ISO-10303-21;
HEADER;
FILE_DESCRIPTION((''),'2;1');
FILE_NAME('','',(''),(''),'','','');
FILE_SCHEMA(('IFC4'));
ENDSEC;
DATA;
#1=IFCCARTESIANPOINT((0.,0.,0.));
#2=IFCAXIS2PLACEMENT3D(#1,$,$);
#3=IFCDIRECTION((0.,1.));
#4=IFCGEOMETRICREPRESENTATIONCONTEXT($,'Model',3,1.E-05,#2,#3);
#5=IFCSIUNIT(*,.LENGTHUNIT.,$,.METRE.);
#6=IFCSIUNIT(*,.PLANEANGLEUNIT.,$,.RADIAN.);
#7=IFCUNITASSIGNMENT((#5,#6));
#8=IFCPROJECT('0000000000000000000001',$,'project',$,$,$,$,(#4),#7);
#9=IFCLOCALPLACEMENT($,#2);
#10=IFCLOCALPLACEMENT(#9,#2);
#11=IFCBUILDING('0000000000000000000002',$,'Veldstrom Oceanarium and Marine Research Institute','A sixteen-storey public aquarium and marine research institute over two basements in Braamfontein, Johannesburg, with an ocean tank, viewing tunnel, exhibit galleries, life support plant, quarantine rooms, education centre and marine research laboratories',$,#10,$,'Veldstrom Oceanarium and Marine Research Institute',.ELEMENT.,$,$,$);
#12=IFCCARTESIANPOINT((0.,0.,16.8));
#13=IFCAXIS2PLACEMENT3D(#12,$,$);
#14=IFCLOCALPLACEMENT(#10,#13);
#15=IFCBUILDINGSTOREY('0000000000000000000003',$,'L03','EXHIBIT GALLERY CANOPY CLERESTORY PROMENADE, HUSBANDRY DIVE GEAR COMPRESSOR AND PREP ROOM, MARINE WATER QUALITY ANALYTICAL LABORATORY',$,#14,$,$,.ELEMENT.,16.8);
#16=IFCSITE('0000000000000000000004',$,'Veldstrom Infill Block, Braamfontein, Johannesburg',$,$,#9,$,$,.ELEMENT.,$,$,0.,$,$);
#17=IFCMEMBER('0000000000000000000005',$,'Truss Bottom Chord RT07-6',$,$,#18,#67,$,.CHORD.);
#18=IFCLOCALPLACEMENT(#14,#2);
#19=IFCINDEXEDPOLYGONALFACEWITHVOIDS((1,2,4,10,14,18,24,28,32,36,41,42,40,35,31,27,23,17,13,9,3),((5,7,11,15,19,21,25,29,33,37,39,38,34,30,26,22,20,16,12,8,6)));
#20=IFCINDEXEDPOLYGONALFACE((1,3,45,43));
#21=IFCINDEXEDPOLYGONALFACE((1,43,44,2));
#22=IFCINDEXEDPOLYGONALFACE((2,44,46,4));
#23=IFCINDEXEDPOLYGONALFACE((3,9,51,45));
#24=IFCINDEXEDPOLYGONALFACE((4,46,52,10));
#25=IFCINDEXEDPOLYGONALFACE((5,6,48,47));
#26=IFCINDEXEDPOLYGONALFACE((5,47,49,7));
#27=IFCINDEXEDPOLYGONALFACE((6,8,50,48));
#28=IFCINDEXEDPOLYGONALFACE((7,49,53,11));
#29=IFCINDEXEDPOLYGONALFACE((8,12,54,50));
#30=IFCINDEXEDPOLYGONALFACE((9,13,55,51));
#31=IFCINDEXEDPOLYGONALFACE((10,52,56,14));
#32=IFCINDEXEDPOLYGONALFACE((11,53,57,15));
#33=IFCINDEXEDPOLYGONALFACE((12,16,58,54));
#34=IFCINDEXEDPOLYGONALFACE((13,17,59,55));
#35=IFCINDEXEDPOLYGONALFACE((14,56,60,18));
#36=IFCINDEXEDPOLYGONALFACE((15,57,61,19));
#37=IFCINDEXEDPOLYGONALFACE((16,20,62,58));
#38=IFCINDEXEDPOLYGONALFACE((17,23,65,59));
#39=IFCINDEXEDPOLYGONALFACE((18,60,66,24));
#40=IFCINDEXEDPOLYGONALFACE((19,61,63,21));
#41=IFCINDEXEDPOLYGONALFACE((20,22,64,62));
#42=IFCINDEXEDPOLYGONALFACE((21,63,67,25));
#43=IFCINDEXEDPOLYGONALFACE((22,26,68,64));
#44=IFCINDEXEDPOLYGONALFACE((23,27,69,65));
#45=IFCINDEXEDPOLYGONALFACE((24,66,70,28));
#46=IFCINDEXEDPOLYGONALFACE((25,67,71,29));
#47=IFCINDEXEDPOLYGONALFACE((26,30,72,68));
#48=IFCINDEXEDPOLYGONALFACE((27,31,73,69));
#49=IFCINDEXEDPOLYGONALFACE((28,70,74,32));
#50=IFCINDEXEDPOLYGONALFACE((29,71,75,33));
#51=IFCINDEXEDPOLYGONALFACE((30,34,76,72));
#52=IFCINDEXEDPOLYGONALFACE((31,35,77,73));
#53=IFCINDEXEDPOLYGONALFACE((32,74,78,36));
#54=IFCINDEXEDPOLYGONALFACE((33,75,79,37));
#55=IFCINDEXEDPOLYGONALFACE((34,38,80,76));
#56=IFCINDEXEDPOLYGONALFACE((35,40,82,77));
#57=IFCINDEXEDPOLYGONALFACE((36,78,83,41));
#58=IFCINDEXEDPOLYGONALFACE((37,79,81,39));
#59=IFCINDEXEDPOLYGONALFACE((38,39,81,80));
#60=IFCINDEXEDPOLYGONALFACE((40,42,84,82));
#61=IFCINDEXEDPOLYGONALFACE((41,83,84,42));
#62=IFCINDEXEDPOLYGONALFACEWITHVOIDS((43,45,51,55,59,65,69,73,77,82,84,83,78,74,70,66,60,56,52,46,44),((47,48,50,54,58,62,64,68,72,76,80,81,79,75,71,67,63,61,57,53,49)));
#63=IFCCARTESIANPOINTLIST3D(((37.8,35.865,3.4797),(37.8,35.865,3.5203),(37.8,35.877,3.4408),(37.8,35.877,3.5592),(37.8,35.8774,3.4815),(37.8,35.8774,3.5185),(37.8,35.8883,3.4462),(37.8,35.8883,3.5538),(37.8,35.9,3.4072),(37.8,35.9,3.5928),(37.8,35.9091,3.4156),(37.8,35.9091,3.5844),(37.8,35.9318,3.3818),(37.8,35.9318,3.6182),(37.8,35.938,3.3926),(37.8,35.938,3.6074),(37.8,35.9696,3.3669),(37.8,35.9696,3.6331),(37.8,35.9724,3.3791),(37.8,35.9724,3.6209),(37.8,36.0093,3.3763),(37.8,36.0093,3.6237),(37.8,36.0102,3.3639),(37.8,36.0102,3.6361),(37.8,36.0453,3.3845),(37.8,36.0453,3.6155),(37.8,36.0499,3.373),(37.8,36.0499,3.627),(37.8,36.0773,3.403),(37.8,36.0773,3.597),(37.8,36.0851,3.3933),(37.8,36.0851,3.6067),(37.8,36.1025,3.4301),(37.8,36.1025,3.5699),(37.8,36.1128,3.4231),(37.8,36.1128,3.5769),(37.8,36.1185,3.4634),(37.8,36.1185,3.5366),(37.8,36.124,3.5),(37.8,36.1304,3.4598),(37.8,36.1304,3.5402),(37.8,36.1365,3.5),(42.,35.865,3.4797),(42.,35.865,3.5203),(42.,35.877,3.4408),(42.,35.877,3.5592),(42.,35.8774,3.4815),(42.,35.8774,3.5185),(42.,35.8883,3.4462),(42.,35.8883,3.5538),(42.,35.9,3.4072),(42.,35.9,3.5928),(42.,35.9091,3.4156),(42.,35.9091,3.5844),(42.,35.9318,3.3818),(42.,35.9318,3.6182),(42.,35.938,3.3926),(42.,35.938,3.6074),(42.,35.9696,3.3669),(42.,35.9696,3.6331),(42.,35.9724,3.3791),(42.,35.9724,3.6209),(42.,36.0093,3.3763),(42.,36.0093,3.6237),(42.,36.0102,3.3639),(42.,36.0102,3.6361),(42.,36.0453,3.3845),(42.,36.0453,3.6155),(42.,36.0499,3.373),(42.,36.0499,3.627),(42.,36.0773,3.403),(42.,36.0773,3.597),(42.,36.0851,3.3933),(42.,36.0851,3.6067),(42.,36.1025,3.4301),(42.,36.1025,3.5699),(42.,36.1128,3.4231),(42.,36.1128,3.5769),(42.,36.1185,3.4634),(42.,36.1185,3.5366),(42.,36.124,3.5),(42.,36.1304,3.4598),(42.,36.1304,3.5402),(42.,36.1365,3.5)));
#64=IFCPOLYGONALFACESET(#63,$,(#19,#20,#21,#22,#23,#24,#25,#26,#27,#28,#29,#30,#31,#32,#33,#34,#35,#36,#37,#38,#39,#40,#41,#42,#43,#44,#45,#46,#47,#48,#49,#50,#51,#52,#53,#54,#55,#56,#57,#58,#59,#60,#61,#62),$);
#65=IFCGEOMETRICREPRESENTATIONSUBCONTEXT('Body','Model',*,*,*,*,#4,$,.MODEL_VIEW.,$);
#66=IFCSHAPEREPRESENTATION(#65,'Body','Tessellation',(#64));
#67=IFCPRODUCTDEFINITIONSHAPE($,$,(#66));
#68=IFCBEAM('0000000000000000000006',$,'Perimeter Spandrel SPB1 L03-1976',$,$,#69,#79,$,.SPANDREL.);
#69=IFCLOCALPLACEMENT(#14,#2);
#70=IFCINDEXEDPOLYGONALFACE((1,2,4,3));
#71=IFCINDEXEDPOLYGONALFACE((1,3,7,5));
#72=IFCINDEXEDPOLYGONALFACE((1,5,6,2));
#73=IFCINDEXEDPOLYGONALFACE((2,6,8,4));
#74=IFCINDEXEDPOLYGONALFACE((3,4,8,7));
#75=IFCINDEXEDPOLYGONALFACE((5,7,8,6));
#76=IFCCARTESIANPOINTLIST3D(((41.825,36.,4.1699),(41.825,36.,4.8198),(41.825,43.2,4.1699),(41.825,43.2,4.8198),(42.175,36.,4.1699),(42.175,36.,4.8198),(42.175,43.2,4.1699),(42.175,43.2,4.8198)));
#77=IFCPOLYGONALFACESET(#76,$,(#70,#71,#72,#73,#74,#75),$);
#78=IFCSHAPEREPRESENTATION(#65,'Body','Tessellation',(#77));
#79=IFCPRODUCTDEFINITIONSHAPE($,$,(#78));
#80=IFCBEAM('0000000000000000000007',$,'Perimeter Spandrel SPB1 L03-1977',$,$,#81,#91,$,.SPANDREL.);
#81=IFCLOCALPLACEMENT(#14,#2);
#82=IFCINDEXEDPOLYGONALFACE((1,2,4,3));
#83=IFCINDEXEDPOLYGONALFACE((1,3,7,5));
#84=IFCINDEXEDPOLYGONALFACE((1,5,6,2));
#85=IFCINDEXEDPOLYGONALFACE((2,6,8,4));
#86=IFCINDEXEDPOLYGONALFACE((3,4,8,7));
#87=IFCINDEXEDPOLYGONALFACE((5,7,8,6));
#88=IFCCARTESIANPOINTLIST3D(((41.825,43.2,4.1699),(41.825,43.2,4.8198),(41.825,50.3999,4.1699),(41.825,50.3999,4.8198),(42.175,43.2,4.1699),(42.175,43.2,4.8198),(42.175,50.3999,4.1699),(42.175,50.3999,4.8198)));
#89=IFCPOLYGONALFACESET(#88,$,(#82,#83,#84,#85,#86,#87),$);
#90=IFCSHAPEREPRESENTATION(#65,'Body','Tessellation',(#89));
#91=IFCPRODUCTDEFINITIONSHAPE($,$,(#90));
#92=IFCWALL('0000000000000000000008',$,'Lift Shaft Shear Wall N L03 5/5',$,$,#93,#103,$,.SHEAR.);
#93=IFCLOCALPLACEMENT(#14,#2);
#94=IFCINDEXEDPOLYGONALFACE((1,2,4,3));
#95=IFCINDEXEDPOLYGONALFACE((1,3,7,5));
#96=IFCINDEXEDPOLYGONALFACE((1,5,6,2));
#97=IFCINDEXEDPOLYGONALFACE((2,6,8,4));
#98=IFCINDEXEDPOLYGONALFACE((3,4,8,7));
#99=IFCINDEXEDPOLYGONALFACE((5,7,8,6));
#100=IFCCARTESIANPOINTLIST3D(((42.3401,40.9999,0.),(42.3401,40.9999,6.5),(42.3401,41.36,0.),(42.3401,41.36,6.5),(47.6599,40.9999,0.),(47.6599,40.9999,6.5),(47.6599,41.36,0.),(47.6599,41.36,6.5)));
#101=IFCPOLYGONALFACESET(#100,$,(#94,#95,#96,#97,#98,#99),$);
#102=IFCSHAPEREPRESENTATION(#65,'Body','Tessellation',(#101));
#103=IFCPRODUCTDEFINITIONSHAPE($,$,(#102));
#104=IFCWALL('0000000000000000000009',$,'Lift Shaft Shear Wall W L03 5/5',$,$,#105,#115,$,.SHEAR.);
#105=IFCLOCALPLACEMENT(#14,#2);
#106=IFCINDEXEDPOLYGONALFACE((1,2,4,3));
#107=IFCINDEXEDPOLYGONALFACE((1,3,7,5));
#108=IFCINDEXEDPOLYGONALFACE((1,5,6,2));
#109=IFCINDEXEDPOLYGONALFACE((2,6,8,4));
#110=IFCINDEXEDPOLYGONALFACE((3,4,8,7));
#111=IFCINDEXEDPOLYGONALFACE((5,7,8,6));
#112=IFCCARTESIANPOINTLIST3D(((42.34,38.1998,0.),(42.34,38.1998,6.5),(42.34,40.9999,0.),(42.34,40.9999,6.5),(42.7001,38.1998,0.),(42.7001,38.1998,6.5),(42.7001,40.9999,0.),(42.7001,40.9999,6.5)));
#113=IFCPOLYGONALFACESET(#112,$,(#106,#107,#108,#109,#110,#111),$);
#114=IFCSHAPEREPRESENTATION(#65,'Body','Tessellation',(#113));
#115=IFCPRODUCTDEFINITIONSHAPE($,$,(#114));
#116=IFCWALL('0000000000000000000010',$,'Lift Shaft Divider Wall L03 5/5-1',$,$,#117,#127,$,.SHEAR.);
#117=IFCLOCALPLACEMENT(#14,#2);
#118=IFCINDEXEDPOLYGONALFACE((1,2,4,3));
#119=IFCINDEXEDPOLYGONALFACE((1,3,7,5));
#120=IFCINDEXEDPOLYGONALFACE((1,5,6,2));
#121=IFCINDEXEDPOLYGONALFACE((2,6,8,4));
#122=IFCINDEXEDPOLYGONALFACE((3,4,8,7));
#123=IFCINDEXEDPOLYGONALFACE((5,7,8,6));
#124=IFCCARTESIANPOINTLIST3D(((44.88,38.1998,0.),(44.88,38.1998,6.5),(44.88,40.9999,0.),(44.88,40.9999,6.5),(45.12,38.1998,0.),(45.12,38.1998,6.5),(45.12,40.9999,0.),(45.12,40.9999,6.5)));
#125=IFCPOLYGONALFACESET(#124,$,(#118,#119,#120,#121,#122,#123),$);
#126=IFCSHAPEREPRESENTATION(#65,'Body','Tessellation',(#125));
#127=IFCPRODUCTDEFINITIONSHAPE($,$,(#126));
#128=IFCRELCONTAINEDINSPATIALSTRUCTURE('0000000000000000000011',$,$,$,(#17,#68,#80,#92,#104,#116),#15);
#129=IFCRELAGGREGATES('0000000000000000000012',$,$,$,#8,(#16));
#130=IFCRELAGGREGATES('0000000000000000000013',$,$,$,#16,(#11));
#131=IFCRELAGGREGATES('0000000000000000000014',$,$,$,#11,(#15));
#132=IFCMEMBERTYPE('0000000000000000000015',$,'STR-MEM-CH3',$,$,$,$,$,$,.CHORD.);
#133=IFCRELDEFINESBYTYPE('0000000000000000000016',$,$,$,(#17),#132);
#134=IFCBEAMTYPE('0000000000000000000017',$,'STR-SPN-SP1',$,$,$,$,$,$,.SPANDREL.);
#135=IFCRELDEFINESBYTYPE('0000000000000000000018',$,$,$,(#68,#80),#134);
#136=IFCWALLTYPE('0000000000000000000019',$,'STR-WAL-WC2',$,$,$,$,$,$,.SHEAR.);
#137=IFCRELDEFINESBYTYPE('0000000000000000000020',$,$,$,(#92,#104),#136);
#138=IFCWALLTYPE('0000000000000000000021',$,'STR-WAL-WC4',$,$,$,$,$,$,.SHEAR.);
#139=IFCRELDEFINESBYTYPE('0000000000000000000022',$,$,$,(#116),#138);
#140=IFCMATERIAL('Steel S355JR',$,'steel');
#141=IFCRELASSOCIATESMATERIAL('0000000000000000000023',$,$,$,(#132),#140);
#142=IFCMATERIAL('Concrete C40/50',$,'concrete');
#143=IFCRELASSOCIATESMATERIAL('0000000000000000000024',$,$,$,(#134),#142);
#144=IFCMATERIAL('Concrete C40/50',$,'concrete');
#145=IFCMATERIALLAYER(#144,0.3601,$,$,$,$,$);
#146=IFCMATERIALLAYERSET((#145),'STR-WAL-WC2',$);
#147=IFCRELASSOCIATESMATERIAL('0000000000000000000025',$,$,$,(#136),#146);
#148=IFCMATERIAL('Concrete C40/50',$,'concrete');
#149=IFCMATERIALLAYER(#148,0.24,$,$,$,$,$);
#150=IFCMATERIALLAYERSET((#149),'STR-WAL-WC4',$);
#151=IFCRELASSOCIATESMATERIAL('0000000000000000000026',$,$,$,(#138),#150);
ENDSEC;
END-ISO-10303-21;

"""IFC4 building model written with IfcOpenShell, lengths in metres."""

from ifc_helpers import new_model, si_unit, direction, frame, frame_2d, origin, origin_2d, place, context, subcontext, project, spatial, rectangle, hollow_circle, extrude, material, layer, layer_set, material_profile, profile_set, type_object, element, save


model = new_model("IFC4")

# Units and contexts
model_context = context("Model", 3, precision=1e-05, world=origin(), true_north=direction((0.0, 1.0)))
body_context = subcontext(model_context, "Body", "Model", "MODEL_VIEW")
ifc_project = project(units=[si_unit("LENGTHUNIT", "METRE"), si_unit("PLANEANGLEUNIT", "RADIAN")], contexts=[model_context])

# Site, building, storey
site_placement = place(None, origin())
site = spatial("IfcSite", under=ifc_project, at=site_placement, Name="Veldstrom Infill Block, Braamfontein, Johannesburg", CompositionType="ELEMENT", RefElevation=0.0)
building_placement = place(site_placement, origin())
building = spatial("IfcBuilding", under=site, at=building_placement, Name="Veldstrom Oceanarium and Marine Research Institute", Description="A sixteen-storey public aquarium and marine research institute over two basements in Braamfontein, Johannesburg, with an ocean tank, viewing tunnel, exhibit galleries, life support plant, quarantine rooms, education centre and marine research laboratories", LongName="Veldstrom Oceanarium and Marine Research Institute", CompositionType="ELEMENT")
storey_placement = place(building_placement, frame((0.0, 0.0, 16.8)))
storey = spatial("IfcBuildingStorey", under=building, at=storey_placement, Name="L03", Description="EXHIBIT GALLERY CANOPY CLERESTORY PROMENADE, HUSBANDRY DIVE GEAR COMPRESSOR AND PREP ROOM, MARINE WATER QUALITY ANALYTICAL LABORATORY", CompositionType="ELEMENT", Elevation=16.8)

# Member
ifc_material_1 = material(Name="Steel S355JR", Category="steel")
ifc_material_profile_1 = material_profile(ifc_material_1, hollow_circle(Radius=0.1365, WallThickness=0.0125, at=origin_2d()), Name="CHS 273x12.5")
ifc_profile_set_1 = profile_set([ifc_material_profile_1], Name="Steel S355JR")
member_type_1 = type_object("IfcMemberType", Name="STR-MEM-CH3", PredefinedType="CHORD", material=ifc_profile_set_1)
member_1_placement = place(storey_placement, frame((37.8, 36.0, 3.5), z_axis=(1.0, 0.0, 0.0), x_axis=(0.0, 1.0, 0.0)))
element("IfcMember", 1, at=member_1_placement, inside=storey, type_object=member_type_1, Name="Truss Bottom Chord RT07-6", PredefinedType="CHORD", context=body_context, shape_type="SweptSolid", body=[
    extrude(hollow_circle(Radius=0.1365, WallThickness=0.0125, at=origin_2d()), origin(), (0.0, 0.0, 1.0), 4.2),
])

# Beams
ifc_material_2 = material(Name="Concrete C40/50", Category="concrete")
ifc_material_profile_2 = material_profile(ifc_material_2, rectangle(XDim=0.3501, YDim=0.6499, at=origin_2d()), Name="RC-SPN-350x650")
ifc_profile_set_2 = profile_set([ifc_material_profile_2], Name="Concrete C40/50")
beam_type_1 = type_object("IfcBeamType", Name="STR-SPN-SP1", PredefinedType="SPANDREL", material=ifc_profile_set_2)
for number, where, z_axis, x_axis, name in (
    (2, (42.0, 36.0, 4.4949), (0.0, 1.0, 0.0), (-1.0, 0.0, 0.0), "Perimeter Spandrel SPB1 L03-1976"),
    (3, (42.0, 43.2, 4.4949), (0.0, 1.0, 0.0), (-1.0, 0.0, 0.0), "Perimeter Spandrel SPB1 L03-1977"),
):
    element("IfcBeam", number, at=place(storey_placement, frame(where, z_axis=z_axis, x_axis=x_axis)), inside=storey, type_object=beam_type_1, Name=name, PredefinedType="SPANDREL", context=body_context, shape_type="SweptSolid", body=[
        extrude(rectangle(XDim=0.3501, YDim=0.6499, at=origin_2d()), origin(), (0.0, 0.0, 1.0), 7.2),
    ])

# Wall
ifc_material_3 = material(Name="Concrete C40/50", Category="concrete")
ifc_layer_1 = layer(ifc_material_3, 0.3601)
ifc_layer_set_1 = layer_set([ifc_layer_1], Name="STR-WAL-WC2")
wall_type_1 = type_object("IfcWallType", Name="STR-WAL-WC2", PredefinedType="SHEAR", material=ifc_layer_set_1)
wall_1_placement = place(storey_placement, frame((42.3401, 41.1799, 0.0), z_axis=(0.0, 0.0, 1.0), x_axis=(1.0, 0.0, 0.0)))
element("IfcWall", 4, at=wall_1_placement, inside=storey, type_object=wall_type_1, Name="Lift Shaft Shear Wall N L03 5/5", PredefinedType="SHEAR", context=body_context, shape_type="SweptSolid", body=[
    extrude(rectangle(XDim=5.3198, YDim=0.3601, at=frame_2d((2.6599, 0.0))), origin(), (0.0, 0.0, 1.0), 6.5),
])

# Walls
wall_2_placement = place(storey_placement, frame((42.52, 38.2, 0.0), z_axis=(0.0, 0.0, 1.0), x_axis=(0.0, 1.0, 0.0)))
element("IfcWall", 5, at=wall_2_placement, inside=storey, type_object=wall_type_1, Name="Lift Shaft Shear Wall W L03 5/5", PredefinedType="SHEAR", context=body_context, shape_type="SweptSolid", body=[
    extrude(rectangle(XDim=2.8, YDim=0.3601, at=frame_2d((1.3999, 0.0))), origin(), (0.0, 0.0, 1.0), 6.5),
])
ifc_material_4 = material(Name="Concrete C40/50", Category="concrete")
ifc_layer_2 = layer(ifc_material_4, 0.24)
ifc_layer_set_2 = layer_set([ifc_layer_2], Name="STR-WAL-WC4")
wall_type_2 = type_object("IfcWallType", Name="STR-WAL-WC4", PredefinedType="SHEAR", material=ifc_layer_set_2)
wall_3_placement = place(storey_placement, frame((45.0, 38.2, 0.0), z_axis=(0.0, 0.0, 1.0), x_axis=(0.0, 1.0, 0.0)))
element("IfcWall", 6, at=wall_3_placement, inside=storey, type_object=wall_type_2, Name="Lift Shaft Divider Wall L03 5/5-1", PredefinedType="SHEAR", context=body_context, shape_type="SweptSolid", body=[
    extrude(rectangle(XDim=2.8, YDim=0.24, at=frame_2d((1.3999, 0.0))), origin(), (0.0, 0.0, 1.0), 6.5),
])

save(model, "model.ifc")
